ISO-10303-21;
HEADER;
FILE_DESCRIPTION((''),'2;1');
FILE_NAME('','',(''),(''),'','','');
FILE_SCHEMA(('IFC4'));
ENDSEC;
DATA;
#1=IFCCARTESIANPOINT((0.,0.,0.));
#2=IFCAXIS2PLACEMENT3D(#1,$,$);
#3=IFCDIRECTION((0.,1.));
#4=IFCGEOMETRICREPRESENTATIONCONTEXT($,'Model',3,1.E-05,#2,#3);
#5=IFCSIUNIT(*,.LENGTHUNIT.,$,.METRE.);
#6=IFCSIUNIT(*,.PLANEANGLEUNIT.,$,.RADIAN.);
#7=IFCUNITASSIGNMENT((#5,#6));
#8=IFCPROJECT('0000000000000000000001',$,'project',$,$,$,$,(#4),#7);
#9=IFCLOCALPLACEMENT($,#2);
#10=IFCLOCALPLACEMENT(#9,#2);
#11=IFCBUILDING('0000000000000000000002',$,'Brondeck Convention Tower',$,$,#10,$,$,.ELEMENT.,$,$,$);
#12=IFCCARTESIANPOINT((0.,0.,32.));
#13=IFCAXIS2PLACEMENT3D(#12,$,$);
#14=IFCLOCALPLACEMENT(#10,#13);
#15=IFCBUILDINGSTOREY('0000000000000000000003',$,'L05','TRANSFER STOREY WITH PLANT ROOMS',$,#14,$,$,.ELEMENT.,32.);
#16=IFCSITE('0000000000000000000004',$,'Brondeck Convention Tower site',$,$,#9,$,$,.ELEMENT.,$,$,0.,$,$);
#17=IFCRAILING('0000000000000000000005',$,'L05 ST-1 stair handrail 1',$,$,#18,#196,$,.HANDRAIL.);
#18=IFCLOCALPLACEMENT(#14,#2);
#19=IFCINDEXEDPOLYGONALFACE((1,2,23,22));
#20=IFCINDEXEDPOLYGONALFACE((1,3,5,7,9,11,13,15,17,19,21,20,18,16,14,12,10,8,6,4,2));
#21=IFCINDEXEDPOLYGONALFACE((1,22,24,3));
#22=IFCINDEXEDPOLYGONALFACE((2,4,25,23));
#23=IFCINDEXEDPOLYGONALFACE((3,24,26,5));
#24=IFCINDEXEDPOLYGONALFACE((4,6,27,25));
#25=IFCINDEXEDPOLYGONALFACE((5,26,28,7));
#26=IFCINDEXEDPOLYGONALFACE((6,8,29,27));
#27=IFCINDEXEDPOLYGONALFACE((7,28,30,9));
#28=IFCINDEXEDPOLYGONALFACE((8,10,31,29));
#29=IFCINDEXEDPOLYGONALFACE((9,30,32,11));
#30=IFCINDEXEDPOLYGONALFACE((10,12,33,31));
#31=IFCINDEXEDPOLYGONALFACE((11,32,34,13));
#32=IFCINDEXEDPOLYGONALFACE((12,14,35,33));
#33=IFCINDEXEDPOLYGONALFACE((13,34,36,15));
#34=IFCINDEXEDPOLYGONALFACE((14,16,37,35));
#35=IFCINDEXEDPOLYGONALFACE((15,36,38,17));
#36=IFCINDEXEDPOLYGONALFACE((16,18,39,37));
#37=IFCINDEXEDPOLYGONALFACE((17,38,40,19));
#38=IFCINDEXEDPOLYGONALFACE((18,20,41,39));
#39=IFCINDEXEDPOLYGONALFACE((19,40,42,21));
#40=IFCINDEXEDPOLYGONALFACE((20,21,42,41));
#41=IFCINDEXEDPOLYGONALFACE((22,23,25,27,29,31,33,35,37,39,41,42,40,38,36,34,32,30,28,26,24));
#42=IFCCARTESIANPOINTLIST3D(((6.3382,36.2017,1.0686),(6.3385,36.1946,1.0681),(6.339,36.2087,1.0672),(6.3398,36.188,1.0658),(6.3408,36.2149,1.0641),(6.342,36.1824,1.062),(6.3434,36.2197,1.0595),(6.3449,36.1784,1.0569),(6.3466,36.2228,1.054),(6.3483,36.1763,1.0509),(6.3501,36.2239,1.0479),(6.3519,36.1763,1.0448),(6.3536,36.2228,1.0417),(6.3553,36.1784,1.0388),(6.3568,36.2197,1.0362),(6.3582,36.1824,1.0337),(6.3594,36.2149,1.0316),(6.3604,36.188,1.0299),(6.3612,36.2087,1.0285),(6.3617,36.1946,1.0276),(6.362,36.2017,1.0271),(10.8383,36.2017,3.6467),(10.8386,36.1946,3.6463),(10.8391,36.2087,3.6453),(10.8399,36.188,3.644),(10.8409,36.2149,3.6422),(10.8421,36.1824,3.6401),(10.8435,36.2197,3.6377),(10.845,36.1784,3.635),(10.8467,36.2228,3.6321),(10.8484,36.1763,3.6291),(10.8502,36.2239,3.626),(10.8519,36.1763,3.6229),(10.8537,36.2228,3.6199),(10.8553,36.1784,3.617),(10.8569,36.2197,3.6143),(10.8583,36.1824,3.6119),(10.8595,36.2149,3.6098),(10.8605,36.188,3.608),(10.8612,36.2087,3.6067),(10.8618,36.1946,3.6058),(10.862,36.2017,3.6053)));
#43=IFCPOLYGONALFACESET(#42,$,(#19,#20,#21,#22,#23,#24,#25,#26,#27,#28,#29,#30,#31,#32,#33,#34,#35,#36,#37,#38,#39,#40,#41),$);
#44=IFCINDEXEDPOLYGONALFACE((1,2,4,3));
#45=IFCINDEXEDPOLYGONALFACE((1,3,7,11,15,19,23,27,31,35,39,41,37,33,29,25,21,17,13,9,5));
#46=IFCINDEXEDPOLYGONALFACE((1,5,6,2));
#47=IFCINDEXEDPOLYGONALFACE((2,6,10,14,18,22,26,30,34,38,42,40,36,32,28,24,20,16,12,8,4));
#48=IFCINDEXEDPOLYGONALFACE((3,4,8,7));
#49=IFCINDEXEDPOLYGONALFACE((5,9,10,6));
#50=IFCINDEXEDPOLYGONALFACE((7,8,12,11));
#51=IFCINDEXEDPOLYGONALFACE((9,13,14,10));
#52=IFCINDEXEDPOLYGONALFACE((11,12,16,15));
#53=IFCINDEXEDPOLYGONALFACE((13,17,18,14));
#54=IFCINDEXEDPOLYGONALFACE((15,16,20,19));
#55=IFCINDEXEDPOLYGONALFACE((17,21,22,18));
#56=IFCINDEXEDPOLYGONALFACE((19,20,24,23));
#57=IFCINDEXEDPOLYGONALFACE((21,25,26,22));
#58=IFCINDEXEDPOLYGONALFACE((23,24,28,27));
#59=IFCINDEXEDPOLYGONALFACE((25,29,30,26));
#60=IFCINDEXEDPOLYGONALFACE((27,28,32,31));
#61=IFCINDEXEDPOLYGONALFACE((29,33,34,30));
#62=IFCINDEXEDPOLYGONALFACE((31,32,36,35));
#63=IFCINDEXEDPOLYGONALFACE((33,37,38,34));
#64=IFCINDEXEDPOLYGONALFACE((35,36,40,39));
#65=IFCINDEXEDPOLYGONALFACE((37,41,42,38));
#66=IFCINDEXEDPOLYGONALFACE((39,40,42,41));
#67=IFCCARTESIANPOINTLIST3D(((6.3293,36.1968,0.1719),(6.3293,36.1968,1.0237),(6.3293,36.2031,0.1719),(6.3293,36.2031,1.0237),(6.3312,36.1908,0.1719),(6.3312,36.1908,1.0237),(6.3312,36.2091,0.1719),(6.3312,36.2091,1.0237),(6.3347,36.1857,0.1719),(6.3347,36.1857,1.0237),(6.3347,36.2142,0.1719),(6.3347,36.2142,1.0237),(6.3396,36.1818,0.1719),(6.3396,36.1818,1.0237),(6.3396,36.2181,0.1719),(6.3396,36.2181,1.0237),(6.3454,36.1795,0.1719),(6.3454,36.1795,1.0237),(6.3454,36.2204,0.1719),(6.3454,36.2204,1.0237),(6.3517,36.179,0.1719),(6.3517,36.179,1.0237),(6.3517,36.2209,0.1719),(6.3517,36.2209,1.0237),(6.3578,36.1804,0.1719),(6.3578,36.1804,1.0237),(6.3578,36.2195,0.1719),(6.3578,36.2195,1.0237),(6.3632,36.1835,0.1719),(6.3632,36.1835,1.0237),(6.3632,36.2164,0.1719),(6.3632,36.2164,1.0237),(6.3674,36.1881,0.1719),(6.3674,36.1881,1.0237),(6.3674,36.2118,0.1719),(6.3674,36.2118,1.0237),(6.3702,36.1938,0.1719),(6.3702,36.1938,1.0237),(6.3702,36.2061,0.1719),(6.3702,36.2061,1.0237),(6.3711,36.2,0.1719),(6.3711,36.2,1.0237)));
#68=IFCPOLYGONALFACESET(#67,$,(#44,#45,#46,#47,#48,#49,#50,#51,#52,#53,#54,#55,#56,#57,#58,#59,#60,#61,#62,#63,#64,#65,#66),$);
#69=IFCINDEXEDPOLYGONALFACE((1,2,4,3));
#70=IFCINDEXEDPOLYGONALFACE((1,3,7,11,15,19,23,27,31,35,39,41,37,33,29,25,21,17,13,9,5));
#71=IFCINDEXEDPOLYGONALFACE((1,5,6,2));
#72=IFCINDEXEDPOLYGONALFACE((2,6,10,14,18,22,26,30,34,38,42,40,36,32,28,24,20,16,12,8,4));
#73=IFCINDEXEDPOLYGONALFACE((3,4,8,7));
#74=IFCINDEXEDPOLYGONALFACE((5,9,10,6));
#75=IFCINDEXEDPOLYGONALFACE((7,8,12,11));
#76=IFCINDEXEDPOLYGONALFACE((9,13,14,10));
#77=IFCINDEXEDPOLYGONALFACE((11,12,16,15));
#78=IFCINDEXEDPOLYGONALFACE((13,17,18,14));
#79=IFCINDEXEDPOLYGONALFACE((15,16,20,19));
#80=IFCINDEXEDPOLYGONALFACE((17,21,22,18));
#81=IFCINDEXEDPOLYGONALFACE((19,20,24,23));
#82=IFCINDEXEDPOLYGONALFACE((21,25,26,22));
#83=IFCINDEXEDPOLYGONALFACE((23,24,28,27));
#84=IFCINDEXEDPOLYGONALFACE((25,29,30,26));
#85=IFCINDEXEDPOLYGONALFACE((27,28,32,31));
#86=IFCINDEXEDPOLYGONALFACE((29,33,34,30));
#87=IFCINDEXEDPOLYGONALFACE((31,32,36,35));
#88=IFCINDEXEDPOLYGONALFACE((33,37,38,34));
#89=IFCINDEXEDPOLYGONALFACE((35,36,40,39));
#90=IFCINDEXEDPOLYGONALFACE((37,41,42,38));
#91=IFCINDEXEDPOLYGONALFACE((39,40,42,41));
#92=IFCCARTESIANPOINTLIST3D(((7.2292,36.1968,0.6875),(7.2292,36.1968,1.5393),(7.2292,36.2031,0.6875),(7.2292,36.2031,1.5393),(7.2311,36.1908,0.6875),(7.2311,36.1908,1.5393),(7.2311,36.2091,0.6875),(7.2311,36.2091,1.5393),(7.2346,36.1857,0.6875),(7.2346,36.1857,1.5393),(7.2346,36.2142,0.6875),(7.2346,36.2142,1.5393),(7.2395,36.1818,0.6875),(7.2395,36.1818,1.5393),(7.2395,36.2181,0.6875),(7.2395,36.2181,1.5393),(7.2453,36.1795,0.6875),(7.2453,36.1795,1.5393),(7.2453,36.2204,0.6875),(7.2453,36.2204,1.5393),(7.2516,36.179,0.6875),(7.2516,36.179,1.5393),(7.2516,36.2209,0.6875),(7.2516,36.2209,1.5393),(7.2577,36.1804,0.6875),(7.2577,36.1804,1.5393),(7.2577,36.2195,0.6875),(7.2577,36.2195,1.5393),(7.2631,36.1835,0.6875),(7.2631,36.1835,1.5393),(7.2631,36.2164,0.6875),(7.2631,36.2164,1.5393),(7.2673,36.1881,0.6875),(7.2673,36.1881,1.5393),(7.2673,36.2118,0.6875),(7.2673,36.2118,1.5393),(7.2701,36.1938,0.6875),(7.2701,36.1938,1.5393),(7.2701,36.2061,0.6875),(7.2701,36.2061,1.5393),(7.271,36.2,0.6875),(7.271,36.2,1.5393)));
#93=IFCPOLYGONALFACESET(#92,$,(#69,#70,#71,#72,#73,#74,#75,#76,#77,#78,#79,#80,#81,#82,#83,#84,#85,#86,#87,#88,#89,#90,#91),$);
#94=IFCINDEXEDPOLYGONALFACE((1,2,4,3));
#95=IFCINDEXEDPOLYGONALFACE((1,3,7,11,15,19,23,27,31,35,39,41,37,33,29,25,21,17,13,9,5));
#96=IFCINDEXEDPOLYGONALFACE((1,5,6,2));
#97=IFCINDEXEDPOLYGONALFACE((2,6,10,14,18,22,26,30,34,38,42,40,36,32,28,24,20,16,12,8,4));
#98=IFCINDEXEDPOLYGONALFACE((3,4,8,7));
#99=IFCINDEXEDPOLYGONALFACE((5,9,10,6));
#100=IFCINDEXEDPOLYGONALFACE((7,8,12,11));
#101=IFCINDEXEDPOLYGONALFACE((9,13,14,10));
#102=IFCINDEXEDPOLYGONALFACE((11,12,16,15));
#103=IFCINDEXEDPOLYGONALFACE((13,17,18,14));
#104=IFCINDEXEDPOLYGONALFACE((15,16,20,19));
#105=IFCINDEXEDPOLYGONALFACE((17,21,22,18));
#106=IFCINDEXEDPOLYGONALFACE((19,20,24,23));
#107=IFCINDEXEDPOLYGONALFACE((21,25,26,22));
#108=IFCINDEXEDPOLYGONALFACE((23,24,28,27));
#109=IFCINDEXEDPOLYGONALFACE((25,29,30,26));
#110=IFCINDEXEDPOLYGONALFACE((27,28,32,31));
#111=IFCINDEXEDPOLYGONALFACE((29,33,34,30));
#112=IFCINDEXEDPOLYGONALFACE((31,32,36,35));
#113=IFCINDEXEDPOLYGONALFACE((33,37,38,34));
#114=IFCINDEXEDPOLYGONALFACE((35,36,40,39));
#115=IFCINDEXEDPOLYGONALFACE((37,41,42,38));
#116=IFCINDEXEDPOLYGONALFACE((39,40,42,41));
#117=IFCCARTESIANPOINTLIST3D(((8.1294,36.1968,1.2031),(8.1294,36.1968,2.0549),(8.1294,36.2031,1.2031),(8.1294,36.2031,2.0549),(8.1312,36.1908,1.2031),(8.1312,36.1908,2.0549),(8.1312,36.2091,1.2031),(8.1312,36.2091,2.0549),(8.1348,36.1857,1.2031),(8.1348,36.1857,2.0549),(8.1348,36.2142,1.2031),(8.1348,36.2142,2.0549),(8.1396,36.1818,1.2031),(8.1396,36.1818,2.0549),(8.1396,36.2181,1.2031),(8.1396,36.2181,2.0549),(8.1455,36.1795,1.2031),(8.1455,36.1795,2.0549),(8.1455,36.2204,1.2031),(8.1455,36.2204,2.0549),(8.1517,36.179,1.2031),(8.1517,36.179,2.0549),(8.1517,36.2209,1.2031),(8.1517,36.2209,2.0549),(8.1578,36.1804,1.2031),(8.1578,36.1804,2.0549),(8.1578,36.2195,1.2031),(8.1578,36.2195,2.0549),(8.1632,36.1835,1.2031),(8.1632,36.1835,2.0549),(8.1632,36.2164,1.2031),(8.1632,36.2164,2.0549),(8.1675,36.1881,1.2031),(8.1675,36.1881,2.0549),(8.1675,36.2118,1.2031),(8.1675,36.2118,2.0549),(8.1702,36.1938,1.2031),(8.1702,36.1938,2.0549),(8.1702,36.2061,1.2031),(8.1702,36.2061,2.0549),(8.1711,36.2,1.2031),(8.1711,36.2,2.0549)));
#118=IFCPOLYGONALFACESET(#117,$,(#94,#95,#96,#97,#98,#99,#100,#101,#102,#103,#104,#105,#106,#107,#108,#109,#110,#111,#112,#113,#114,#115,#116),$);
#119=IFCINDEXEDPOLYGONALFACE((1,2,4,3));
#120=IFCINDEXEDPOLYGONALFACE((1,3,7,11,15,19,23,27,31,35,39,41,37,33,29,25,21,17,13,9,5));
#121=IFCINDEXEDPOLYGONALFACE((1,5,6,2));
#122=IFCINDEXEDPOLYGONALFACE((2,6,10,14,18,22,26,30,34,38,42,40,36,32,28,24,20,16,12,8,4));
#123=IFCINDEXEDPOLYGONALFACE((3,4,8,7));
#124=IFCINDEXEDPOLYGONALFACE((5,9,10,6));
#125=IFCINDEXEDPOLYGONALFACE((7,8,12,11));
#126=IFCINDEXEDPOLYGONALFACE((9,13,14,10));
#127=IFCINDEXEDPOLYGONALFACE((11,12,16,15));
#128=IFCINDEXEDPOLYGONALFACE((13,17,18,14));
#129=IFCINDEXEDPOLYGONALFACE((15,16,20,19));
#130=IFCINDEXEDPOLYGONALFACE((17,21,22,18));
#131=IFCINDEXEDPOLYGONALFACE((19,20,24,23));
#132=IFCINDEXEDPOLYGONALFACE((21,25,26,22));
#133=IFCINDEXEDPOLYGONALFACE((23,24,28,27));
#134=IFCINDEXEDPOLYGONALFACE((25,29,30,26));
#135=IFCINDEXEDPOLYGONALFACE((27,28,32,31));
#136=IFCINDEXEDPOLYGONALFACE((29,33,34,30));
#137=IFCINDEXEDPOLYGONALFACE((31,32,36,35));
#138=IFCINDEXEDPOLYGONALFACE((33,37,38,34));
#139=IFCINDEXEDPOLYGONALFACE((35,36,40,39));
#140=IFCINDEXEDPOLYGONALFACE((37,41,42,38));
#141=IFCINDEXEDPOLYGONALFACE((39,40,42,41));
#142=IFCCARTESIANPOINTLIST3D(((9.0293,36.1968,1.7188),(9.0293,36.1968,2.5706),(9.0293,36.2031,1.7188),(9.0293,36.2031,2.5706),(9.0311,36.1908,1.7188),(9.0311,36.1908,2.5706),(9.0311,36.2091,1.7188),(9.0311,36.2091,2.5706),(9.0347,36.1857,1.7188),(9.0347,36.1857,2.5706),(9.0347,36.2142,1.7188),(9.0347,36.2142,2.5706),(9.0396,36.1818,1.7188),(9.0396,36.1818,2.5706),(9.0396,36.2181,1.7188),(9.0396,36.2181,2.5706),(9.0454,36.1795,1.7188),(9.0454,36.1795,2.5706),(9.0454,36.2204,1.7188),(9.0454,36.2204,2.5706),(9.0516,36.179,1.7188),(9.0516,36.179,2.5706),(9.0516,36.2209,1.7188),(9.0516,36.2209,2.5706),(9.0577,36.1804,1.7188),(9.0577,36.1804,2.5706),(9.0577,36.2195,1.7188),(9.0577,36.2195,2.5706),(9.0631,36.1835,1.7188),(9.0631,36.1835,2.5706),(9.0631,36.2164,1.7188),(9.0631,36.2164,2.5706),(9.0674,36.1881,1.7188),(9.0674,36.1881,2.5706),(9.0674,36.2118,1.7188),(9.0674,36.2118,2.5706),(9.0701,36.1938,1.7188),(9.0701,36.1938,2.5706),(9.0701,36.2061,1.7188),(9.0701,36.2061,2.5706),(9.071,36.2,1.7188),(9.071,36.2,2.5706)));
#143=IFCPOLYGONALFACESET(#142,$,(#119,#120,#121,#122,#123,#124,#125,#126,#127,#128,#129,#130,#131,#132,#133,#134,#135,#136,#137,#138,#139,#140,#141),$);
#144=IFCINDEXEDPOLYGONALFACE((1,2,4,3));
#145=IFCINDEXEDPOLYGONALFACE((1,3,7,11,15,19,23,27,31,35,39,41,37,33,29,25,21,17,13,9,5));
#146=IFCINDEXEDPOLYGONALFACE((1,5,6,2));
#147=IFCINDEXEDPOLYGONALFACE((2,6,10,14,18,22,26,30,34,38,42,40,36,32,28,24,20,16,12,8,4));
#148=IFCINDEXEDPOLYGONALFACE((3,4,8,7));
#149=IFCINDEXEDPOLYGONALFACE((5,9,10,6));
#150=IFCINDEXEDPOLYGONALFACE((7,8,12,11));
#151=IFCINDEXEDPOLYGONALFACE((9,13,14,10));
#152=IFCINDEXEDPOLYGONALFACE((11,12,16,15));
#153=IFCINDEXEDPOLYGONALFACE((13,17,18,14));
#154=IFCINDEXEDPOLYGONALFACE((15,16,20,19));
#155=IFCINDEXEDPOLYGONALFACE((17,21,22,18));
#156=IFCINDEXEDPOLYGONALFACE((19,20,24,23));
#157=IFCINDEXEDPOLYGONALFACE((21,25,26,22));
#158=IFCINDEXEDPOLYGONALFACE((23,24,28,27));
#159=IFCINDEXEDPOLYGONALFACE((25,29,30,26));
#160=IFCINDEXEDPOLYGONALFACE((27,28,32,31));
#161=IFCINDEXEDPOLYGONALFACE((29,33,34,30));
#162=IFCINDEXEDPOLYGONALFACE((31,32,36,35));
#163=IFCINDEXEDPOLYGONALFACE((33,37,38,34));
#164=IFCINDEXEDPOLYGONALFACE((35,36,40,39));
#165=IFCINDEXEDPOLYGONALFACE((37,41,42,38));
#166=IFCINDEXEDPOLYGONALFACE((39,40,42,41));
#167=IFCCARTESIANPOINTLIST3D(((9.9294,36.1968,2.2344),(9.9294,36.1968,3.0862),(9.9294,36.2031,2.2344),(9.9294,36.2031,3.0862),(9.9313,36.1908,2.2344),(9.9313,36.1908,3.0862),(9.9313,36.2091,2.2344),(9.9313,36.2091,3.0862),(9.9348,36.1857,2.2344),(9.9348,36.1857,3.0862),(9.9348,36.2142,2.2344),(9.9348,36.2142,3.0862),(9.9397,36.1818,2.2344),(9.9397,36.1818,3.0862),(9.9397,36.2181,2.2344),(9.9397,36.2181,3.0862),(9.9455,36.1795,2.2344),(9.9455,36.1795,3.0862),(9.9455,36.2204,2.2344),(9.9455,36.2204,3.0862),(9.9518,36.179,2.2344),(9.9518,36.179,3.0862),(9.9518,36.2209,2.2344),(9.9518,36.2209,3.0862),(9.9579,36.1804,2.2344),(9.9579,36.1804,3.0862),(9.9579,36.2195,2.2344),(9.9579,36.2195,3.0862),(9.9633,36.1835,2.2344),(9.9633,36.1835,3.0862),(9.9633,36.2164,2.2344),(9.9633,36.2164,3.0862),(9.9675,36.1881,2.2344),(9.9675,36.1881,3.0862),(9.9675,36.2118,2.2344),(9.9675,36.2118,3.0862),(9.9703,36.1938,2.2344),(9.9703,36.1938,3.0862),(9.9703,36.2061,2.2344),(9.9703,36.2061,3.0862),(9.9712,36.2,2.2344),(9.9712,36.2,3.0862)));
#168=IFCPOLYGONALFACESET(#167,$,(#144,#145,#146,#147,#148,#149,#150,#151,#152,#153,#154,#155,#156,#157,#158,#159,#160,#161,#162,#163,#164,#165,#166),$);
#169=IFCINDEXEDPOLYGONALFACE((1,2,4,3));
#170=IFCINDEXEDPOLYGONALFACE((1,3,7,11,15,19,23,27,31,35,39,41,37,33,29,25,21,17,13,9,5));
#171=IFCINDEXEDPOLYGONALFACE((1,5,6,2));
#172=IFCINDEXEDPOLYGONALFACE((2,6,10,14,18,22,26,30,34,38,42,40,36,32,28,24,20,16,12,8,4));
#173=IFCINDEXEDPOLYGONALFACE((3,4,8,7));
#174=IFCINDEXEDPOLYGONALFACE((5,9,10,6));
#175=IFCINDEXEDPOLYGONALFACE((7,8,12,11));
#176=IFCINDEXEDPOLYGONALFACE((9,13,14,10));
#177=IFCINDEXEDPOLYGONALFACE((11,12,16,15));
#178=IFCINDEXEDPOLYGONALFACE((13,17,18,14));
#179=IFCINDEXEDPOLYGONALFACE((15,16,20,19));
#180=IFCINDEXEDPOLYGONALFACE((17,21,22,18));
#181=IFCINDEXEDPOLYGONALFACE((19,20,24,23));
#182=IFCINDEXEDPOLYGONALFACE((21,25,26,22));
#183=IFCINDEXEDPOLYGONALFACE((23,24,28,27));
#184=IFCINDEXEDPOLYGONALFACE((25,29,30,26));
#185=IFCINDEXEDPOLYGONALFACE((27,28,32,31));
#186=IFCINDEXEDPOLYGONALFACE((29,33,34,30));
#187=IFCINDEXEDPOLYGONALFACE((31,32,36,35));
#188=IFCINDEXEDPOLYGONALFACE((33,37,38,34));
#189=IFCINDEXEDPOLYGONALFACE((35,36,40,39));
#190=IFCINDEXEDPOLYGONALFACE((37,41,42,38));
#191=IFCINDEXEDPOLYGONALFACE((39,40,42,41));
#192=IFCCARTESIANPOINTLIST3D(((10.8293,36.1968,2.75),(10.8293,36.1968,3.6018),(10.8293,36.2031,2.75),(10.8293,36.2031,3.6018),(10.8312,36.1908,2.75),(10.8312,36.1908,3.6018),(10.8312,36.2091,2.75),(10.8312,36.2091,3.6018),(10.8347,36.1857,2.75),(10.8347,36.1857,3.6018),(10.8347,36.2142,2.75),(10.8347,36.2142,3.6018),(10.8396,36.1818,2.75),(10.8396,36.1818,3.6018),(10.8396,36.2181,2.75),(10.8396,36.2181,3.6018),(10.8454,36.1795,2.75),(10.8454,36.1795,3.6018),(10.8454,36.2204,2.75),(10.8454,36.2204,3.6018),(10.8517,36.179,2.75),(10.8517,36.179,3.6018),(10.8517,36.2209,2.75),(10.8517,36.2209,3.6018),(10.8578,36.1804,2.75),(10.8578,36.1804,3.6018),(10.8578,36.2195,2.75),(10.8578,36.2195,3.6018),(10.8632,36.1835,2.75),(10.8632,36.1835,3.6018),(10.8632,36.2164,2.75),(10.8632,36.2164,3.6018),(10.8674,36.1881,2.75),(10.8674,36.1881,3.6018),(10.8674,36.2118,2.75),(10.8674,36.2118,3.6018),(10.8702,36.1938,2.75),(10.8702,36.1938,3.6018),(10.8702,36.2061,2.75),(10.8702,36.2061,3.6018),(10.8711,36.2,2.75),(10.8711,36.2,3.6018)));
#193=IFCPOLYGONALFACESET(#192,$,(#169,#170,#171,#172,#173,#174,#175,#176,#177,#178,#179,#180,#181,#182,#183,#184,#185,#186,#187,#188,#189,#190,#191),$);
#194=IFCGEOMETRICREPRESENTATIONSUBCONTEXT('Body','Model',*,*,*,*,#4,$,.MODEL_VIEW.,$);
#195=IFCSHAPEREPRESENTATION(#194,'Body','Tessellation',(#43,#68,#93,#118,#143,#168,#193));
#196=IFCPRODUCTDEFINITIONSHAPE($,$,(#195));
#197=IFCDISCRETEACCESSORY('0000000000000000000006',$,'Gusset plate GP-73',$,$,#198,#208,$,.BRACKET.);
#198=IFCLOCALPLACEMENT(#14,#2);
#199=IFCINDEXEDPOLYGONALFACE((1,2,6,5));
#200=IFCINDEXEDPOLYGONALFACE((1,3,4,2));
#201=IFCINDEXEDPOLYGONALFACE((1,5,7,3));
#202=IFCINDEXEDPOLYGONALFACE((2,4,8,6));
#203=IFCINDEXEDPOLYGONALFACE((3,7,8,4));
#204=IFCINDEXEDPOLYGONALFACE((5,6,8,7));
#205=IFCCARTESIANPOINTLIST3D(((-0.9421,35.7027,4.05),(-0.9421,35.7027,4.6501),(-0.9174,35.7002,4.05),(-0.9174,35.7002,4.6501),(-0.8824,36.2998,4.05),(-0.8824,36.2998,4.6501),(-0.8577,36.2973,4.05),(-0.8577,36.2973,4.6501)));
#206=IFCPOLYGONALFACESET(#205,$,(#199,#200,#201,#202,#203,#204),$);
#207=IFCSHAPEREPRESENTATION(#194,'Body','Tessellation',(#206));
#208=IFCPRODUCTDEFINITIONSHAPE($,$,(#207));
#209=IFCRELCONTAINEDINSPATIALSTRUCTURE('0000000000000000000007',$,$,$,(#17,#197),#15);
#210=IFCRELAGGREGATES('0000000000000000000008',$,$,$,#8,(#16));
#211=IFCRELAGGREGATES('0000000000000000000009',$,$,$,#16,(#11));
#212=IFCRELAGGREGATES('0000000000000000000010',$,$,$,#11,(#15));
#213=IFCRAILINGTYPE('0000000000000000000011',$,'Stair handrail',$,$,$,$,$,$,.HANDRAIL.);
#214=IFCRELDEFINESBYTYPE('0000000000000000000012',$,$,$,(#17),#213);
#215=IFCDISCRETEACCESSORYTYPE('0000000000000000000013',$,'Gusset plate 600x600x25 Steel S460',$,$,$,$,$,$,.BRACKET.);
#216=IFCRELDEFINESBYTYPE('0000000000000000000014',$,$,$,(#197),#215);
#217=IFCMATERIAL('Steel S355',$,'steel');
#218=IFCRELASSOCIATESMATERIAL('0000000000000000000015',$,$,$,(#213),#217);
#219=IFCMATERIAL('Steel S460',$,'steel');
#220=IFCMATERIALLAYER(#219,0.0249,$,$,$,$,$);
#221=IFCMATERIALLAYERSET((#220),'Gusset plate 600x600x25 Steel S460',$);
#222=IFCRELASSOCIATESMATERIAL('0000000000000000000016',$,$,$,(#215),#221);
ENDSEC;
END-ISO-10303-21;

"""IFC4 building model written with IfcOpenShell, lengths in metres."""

from ifc_helpers import new_model, si_unit, direction, frame, origin, origin_2d, place, context, subcontext, project, spatial, rectangle, circle, extrude, material, layer, layer_set, type_object, element, save


model = new_model("IFC4")

# Units and contexts
model_context = context("Model", 3, precision=1e-05, world=origin(), true_north=direction((0.0, 1.0)))
body_context = subcontext(model_context, "Body", "Model", "MODEL_VIEW")
ifc_project = project(units=[si_unit("LENGTHUNIT", "METRE"), si_unit("PLANEANGLEUNIT", "RADIAN")], contexts=[model_context])

# Site, building, storey
site_placement = place(None, origin())
site = spatial("IfcSite", under=ifc_project, at=site_placement, Name="Brondeck Convention Tower site", CompositionType="ELEMENT", RefElevation=0.0)
building_placement = place(site_placement, origin())
building = spatial("IfcBuilding", under=site, at=building_placement, Name="Brondeck Convention Tower", CompositionType="ELEMENT")
storey_placement = place(building_placement, frame((0.0, 0.0, 32.0)))
storey = spatial("IfcBuildingStorey", under=building, at=storey_placement, Name="L05", Description="TRANSFER STOREY WITH PLANT ROOMS", CompositionType="ELEMENT", Elevation=32.0)

# Shared definitions
ifc_material_1 = material(Name="Steel S460", Category="steel")

# Railing
ifc_material_2 = material(Name="Steel S355", Category="steel")
railing_type_1 = type_object("IfcRailingType", Name="Stair handrail", PredefinedType="HANDRAIL", material=ifc_material_2)
railing_1_placement = place(storey_placement, frame((6.3501, 36.2, 0.1719)))
element("IfcRailing", 1, at=railing_1_placement, inside=storey, type_object=railing_type_1, Name="L05 ST-1 stair handrail 1", PredefinedType="HANDRAIL", context=body_context, shape_type="SweptSolid", body=[
    extrude(circle(Radius=0.0239, at=origin_2d()), frame((0.0, 0.0, 0.876), z_axis=(0.867686, 0.0, 0.497112), x_axis=(0.0, 1.0, 0.0)), (0.0, 0.0, 1.0), 5.1863),
    extrude(circle(Radius=0.021, at=origin_2d()), origin(), (0.0, 0.0, 1.0), 0.8518),
    extrude(circle(Radius=0.021, at=origin_2d()), frame((0.8999, 0.0, 0.5156)), (0.0, 0.0, 1.0), 0.8518),
    extrude(circle(Radius=0.021, at=origin_2d()), frame((1.8, 0.0, 1.0312)), (0.0, 0.0, 1.0), 0.8518),
    extrude(circle(Radius=0.021, at=origin_2d()), frame((2.7, 0.0, 1.5469)), (0.0, 0.0, 1.0), 0.8518),
    extrude(circle(Radius=0.021, at=origin_2d()), frame((3.6001, 0.0, 2.0625)), (0.0, 0.0, 1.0), 0.8518),
    extrude(circle(Radius=0.021, at=origin_2d()), frame((4.5, 0.0, 2.5781)), (0.0, 0.0, 1.0), 0.8518),
])

# Discrete accessory
ifc_layer_1 = layer(ifc_material_1, 0.0249)
ifc_layer_set_1 = layer_set([ifc_layer_1], Name="Gusset plate 600x600x25 Steel S460")
discrete_accessory_type = type_object("IfcDiscreteAccessoryType", Name="Gusset plate 600x600x25 Steel S460", PredefinedType="BRACKET", material=ifc_layer_set_1)
for number, where, z_axis, x_axis, name in (
    (2, (-0.8999, 36.0, 4.05), (0.0, 0.0, 1.0), (0.099511, 0.995036, 0.0), "Gusset plate GP-73"),
):
    element("IfcDiscreteAccessory", number, at=place(storey_placement, frame(where, z_axis=z_axis, x_axis=x_axis)), inside=storey, type_object=discrete_accessory_type, Name=name, PredefinedType="BRACKET", context=body_context, shape_type="SweptSolid", body=[
        extrude(rectangle(XDim=0.6001, YDim=0.0249, at=origin_2d()), origin(), (0.0, 0.0, 1.0), 0.6001),
    ])

save(model, "model.ifc")
